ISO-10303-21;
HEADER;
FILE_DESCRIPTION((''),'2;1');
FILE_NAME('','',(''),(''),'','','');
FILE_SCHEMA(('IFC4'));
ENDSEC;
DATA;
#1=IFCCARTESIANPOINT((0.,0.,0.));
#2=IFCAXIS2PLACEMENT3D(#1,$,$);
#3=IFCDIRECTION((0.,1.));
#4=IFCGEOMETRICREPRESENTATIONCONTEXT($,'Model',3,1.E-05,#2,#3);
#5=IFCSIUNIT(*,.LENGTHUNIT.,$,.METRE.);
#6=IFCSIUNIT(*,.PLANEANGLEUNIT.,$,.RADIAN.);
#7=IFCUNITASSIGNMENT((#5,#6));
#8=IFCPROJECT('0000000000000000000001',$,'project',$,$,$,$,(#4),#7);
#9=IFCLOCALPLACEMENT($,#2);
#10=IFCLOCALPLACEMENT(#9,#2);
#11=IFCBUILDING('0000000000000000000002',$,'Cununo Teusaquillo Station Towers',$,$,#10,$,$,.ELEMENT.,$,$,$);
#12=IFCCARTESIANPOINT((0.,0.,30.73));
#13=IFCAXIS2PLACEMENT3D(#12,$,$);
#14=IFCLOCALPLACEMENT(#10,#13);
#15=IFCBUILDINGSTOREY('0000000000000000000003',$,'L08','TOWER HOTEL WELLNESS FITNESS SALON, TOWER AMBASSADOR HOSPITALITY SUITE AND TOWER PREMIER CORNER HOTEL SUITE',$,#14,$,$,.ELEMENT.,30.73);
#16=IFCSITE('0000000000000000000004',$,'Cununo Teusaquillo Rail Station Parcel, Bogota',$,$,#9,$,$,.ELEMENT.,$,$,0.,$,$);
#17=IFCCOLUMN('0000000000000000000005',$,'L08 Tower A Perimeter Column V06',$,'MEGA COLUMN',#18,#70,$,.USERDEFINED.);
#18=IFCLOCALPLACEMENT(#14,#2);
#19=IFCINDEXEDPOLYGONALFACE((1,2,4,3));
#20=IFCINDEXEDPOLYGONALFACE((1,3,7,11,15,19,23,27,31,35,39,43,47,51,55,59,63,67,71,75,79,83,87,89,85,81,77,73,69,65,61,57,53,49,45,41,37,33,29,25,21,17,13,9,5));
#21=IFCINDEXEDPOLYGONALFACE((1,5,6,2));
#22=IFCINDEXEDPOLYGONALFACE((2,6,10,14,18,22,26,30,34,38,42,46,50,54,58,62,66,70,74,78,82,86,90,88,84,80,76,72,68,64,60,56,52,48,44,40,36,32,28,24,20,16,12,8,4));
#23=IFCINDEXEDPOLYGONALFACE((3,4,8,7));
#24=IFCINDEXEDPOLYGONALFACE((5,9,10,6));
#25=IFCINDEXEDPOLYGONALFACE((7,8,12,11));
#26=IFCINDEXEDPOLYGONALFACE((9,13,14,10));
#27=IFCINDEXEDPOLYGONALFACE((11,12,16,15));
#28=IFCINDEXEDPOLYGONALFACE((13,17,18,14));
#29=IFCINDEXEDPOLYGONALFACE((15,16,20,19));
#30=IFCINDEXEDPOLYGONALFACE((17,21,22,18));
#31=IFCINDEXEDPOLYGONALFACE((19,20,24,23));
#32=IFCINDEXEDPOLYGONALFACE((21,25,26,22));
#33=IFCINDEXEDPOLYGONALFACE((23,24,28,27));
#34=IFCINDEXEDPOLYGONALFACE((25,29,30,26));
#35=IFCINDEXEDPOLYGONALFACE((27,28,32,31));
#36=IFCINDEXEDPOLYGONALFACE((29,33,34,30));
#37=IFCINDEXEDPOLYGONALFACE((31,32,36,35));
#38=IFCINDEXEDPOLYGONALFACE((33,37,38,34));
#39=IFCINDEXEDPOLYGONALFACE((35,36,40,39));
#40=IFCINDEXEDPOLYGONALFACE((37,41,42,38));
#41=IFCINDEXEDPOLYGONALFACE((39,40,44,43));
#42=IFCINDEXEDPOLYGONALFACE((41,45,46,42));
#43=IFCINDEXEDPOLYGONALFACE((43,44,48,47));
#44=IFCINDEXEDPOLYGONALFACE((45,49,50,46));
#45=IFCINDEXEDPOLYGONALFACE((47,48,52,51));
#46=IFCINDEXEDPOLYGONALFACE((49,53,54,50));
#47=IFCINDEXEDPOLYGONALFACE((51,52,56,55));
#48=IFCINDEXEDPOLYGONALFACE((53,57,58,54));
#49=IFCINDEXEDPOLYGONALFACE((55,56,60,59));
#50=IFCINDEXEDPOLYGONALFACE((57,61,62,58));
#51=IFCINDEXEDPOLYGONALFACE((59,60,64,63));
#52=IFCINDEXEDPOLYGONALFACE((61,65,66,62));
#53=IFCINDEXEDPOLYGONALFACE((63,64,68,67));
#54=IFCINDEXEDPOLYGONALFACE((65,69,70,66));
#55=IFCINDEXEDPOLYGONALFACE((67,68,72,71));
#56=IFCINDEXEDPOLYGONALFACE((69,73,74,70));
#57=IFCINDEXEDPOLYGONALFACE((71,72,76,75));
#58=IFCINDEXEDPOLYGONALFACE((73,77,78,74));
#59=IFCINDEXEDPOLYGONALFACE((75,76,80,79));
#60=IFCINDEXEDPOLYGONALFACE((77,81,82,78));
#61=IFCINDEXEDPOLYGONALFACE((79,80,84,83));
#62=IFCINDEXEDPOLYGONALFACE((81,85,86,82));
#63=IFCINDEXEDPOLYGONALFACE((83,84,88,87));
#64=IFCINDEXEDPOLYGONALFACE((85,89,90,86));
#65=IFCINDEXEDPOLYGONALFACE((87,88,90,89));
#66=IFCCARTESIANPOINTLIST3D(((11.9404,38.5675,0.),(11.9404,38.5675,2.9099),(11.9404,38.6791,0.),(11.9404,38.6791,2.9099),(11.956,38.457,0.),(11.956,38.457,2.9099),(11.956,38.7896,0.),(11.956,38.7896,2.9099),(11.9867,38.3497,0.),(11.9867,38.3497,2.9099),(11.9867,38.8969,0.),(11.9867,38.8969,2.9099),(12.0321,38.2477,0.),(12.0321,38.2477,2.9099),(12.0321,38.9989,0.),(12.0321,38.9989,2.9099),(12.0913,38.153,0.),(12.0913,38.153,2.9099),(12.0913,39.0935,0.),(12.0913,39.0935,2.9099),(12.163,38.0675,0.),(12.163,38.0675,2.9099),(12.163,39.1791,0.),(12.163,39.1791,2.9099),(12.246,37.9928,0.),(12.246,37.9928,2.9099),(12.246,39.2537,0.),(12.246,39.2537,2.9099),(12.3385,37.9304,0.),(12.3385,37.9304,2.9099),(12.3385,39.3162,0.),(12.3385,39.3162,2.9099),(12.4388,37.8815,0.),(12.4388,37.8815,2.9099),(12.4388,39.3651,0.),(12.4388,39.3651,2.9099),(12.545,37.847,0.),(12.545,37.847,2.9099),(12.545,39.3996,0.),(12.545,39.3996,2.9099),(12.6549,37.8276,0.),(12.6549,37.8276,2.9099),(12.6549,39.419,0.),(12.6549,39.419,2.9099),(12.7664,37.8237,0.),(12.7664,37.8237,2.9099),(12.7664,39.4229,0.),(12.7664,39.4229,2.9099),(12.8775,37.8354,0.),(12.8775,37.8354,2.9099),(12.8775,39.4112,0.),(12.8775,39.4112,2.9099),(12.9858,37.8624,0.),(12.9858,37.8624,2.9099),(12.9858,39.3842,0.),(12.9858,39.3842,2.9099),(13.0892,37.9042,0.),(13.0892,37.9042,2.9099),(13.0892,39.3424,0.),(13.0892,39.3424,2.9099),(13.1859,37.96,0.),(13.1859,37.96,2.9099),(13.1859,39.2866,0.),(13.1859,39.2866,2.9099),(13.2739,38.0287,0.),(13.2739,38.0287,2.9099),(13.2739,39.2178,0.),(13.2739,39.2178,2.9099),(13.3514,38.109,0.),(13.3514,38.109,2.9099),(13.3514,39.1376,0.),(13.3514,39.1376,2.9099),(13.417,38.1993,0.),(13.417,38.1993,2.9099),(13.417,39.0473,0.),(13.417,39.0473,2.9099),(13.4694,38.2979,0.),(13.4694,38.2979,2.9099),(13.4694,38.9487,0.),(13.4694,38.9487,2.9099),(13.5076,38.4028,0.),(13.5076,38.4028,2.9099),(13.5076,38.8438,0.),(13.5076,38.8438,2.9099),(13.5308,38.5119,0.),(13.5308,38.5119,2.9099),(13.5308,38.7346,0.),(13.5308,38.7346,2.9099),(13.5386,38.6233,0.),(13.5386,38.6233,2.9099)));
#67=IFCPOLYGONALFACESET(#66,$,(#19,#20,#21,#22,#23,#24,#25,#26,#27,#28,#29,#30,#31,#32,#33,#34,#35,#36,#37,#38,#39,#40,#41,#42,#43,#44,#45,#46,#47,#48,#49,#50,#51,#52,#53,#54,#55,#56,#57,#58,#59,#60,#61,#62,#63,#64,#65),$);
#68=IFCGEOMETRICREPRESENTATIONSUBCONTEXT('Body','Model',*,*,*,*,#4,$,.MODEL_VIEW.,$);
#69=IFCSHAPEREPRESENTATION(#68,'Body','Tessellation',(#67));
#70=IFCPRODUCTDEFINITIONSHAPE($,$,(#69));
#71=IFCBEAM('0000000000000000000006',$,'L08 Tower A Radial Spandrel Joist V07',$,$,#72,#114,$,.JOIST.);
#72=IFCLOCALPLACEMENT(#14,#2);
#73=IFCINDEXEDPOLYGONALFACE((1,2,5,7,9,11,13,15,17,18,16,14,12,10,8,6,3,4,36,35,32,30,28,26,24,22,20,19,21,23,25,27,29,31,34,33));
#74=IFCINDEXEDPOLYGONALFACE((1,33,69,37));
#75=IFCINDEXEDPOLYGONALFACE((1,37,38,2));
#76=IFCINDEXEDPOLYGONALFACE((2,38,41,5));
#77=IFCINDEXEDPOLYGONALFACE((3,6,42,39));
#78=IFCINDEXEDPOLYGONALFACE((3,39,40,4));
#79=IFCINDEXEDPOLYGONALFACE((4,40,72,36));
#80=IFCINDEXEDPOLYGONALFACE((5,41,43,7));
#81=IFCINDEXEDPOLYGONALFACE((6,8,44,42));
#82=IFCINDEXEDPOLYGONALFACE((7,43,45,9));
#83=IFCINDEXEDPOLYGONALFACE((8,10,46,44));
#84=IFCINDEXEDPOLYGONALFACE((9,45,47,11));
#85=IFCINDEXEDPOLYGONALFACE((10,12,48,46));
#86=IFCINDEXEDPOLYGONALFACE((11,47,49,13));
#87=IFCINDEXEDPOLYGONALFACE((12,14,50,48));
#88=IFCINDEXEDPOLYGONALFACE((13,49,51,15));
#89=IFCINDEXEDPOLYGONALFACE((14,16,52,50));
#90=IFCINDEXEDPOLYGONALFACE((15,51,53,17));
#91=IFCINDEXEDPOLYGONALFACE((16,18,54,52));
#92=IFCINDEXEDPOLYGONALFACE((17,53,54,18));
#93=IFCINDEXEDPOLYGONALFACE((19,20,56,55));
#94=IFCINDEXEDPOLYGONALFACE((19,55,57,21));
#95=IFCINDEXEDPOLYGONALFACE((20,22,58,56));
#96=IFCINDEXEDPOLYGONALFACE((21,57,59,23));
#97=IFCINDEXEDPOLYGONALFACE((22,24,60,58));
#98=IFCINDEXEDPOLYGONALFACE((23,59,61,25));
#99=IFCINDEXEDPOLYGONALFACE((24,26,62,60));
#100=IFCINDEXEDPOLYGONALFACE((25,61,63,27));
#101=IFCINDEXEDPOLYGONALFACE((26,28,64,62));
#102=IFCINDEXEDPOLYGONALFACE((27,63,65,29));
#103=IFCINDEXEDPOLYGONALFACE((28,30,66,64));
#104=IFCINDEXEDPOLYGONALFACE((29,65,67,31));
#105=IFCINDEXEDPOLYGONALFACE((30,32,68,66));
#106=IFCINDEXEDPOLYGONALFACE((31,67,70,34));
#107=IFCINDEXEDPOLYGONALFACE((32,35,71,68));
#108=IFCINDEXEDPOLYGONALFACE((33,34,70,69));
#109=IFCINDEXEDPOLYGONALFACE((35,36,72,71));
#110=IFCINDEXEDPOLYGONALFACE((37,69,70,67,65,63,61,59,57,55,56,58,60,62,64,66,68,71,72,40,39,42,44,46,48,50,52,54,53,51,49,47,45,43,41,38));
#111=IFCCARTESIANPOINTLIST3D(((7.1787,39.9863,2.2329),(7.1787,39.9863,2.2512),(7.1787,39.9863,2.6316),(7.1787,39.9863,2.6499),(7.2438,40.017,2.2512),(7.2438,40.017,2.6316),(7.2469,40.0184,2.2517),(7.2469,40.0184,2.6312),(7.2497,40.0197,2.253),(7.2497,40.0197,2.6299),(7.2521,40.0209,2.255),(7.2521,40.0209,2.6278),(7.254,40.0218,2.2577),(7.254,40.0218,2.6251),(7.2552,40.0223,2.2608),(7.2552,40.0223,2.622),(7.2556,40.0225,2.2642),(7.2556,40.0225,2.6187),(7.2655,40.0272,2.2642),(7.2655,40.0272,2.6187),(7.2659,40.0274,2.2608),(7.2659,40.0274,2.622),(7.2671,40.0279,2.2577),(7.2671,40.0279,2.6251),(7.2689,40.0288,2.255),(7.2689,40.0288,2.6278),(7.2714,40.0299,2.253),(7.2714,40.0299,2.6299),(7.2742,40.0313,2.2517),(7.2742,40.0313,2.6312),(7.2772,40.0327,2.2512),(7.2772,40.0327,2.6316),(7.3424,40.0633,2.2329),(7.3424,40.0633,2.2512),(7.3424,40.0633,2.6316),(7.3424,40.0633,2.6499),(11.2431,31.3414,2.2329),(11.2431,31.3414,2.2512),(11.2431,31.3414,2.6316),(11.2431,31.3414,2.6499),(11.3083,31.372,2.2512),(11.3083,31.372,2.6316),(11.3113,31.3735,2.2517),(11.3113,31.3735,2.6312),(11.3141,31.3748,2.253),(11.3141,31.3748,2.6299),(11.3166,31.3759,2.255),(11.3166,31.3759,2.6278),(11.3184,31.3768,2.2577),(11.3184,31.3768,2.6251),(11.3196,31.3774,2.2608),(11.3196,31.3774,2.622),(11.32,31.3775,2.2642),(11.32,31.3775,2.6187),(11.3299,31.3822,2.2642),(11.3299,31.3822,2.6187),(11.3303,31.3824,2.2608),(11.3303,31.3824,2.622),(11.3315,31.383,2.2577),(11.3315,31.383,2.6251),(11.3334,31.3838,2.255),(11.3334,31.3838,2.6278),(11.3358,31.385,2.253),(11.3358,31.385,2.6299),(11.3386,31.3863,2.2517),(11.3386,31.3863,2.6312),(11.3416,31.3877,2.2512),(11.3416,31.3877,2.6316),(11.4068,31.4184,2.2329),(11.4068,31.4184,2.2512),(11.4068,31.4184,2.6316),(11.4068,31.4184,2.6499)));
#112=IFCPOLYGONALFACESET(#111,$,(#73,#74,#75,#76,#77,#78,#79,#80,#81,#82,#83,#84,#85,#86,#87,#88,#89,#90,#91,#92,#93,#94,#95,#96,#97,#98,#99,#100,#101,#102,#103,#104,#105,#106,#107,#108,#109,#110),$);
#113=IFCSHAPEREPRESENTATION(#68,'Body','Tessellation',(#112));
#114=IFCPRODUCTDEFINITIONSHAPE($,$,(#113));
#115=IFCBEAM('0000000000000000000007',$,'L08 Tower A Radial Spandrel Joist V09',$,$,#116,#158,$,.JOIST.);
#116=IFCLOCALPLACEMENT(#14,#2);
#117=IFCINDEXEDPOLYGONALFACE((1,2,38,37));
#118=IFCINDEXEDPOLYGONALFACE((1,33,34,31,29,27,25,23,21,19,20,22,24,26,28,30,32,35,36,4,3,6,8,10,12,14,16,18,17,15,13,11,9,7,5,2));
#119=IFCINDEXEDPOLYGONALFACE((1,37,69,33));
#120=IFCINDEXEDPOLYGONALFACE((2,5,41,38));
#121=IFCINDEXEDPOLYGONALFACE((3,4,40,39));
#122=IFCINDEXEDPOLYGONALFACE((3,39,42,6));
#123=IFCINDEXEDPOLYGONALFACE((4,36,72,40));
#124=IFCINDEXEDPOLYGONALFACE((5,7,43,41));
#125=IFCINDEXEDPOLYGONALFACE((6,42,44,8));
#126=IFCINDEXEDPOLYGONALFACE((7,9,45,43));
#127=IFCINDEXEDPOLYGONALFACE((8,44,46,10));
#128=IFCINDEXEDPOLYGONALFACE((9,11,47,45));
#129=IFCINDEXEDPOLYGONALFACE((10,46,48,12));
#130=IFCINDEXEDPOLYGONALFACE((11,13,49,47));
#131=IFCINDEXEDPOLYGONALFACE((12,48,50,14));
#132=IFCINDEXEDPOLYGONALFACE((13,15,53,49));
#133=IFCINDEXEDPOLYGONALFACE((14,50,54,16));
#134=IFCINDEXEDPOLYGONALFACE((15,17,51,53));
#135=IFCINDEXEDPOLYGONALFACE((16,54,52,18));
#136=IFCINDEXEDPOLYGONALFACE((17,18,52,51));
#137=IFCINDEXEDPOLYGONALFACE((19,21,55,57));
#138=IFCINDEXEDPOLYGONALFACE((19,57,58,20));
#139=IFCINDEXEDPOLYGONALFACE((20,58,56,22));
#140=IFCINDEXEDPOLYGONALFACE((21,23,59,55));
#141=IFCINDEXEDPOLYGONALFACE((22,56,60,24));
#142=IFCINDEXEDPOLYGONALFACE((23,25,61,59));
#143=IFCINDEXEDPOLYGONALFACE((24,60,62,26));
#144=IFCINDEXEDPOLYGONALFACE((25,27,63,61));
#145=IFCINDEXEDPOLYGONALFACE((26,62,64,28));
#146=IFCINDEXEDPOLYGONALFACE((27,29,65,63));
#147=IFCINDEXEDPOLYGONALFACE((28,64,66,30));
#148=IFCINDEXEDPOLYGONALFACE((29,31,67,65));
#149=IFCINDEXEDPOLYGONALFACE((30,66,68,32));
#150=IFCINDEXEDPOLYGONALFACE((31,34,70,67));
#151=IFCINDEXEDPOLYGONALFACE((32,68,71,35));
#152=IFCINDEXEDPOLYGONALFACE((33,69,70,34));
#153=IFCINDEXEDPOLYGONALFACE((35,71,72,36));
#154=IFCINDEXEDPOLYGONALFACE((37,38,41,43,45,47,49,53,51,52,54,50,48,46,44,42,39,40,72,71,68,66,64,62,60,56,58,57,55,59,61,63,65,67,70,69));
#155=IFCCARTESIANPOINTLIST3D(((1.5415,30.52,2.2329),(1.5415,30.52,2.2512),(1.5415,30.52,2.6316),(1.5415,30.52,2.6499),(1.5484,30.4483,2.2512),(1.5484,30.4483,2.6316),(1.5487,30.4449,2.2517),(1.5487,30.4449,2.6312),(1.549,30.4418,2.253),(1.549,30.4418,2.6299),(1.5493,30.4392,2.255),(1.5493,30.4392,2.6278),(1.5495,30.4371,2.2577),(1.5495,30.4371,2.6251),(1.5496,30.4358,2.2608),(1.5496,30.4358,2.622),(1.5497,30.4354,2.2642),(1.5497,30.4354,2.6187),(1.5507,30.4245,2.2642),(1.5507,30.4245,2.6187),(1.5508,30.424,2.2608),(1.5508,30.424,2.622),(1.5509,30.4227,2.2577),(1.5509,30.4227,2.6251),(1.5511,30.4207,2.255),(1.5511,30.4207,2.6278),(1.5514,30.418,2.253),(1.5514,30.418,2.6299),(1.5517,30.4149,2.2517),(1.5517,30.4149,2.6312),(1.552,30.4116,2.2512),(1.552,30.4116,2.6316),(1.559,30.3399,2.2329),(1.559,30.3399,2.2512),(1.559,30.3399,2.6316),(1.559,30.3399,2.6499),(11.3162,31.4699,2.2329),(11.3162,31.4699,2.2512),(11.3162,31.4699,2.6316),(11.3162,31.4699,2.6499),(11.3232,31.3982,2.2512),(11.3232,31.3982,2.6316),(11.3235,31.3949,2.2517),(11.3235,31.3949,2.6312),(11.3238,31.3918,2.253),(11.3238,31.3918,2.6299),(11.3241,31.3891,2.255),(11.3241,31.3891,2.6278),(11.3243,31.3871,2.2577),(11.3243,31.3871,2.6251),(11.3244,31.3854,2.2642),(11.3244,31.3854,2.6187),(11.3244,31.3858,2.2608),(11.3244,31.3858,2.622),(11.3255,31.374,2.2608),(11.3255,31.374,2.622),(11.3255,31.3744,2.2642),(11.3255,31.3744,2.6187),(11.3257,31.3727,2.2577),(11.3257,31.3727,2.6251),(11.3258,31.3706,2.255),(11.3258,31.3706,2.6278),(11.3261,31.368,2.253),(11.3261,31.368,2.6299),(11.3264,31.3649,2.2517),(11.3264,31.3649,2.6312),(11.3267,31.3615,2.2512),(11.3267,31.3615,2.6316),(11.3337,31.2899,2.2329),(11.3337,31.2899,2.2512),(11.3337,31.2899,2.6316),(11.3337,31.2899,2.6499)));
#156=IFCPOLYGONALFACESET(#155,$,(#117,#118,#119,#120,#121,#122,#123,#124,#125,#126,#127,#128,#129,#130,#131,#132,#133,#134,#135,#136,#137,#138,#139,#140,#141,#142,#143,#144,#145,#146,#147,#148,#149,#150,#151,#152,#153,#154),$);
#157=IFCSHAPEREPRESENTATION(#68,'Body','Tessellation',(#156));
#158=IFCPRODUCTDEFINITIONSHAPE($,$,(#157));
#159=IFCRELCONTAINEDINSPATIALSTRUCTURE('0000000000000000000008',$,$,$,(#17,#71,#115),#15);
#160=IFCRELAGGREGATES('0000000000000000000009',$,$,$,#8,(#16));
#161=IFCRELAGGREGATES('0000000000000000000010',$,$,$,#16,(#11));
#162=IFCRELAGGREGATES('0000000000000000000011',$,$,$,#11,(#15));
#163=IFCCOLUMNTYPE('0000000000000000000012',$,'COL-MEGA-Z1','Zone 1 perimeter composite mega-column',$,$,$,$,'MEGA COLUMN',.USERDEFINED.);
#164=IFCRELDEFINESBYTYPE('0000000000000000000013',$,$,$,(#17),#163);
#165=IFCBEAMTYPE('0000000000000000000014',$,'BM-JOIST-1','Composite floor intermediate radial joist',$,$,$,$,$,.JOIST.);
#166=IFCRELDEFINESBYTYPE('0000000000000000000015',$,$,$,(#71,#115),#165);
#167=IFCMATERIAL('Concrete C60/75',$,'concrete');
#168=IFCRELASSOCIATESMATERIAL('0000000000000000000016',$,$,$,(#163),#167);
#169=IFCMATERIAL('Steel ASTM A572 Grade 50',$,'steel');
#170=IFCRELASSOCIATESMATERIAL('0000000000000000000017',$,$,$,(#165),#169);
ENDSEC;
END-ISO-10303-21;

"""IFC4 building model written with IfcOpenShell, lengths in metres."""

from ifc_helpers import new_model, si_unit, direction, frame, origin, origin_2d, place, context, subcontext, project, spatial, circle, i_section, extrude, material, material_profile, profile_set, type_object, element, save


model = new_model("IFC4")

# Units and contexts
model_context = context("Model", 3, precision=1e-05, world=origin(), true_north=direction((0.0, 1.0)))
body_context = subcontext(model_context, "Body", "Model", "MODEL_VIEW")
ifc_project = project(units=[si_unit("LENGTHUNIT", "METRE"), si_unit("PLANEANGLEUNIT", "RADIAN")], contexts=[model_context])

# Site, building, storey
site_placement = place(None, origin())
site = spatial("IfcSite", under=ifc_project, at=site_placement, Name="Cununo Teusaquillo Rail Station Parcel, Bogota", CompositionType="ELEMENT", RefElevation=0.0)
building_placement = place(site_placement, origin())
building = spatial("IfcBuilding", under=site, at=building_placement, Name="Cununo Teusaquillo Station Towers", CompositionType="ELEMENT")
storey_placement = place(building_placement, frame((0.0, 0.0, 30.73)))
storey = spatial("IfcBuildingStorey", under=building, at=storey_placement, Name="L08", Description="TOWER HOTEL WELLNESS FITNESS SALON, TOWER AMBASSADOR HOSPITALITY SUITE AND TOWER PREMIER CORNER HOTEL SUITE", CompositionType="ELEMENT", Elevation=30.73)

# Column
ifc_material_1 = material(Name="Concrete C60/75", Category="concrete")
ifc_material_profile_1 = material_profile(ifc_material_1, circle(Radius=0.8, at=origin_2d()), Name="RC-CIRC-1600")
ifc_profile_set_1 = profile_set([ifc_material_profile_1], Name="Concrete C60/75")
column_type = type_object("IfcColumnType", Name="COL-MEGA-Z1", Description="Zone 1 perimeter composite mega-column", ElementType="MEGA COLUMN", PredefinedType="USERDEFINED", material=ifc_profile_set_1)
column_placement = place(storey_placement, frame((12.7385, 38.6233, 0.0), z_axis=(0.0, 0.0, 1.0), x_axis=(1.0, 0.0, 0.0)))
element("IfcColumn", 1, at=column_placement, inside=storey, type_object=column_type, Name="L08 Tower A Perimeter Column V06", ObjectType="MEGA COLUMN", PredefinedType="USERDEFINED", context=body_context, shape_type="SweptSolid", body=[
    extrude(circle(Radius=0.8, at=origin_2d()), origin(), (0.0, 0.0, 1.0), 2.9099),
])

# Beams
ifc_material_2 = material(Name="Steel ASTM A572 Grade 50", Category="steel")
ifc_material_profile_2 = material_profile(ifc_material_2, i_section(OverallWidth=0.1809, OverallDepth=0.417, WebThickness=0.011, FlangeThickness=0.0183, FilletRadius=0.0129, at=origin_2d()), Name="W16X57")
ifc_profile_set_2 = profile_set([ifc_material_profile_2], Name="Steel ASTM A572 Grade 50")
beam_type_1 = type_object("IfcBeamType", Name="BM-JOIST-1", Description="Composite floor intermediate radial joist", PredefinedType="JOIST", material=ifc_profile_set_2)
beam_1_placement = place(storey_placement, frame((11.325, 31.3799, 2.4414), z_axis=(-0.425472, 0.904972, 0.0), x_axis=(-0.904972, -0.425472, 0.0)))
element("IfcBeam", 2, at=beam_1_placement, inside=storey, type_object=beam_type_1, Name="L08 Tower A Radial Spandrel Joist V07", PredefinedType="JOIST", context=body_context, shape_type="SweptSolid", body=[
    extrude(i_section(OverallWidth=0.1809, OverallDepth=0.417, WebThickness=0.011, FlangeThickness=0.0183, FilletRadius=0.0129, at=origin_2d()), origin(), (0.0, 0.0, 1.0), 9.5527),
])
beam_2_placement = place(storey_placement, frame((11.325, 31.3799, 2.4414), z_axis=(-0.995311, -0.096729, 0.0), x_axis=(0.096729, -0.995311, 0.0)))
element("IfcBeam", 3, at=beam_2_placement, inside=storey, type_object=beam_type_1, Name="L08 Tower A Radial Spandrel Joist V09", PredefinedType="JOIST", context=body_context, shape_type="SweptSolid", body=[
    extrude(i_section(OverallWidth=0.1809, OverallDepth=0.417, WebThickness=0.011, FlangeThickness=0.0183, FilletRadius=0.0129, at=origin_2d()), origin(), (0.0, 0.0, 1.0), 9.8208),
])

save(model, "model.ifc")
